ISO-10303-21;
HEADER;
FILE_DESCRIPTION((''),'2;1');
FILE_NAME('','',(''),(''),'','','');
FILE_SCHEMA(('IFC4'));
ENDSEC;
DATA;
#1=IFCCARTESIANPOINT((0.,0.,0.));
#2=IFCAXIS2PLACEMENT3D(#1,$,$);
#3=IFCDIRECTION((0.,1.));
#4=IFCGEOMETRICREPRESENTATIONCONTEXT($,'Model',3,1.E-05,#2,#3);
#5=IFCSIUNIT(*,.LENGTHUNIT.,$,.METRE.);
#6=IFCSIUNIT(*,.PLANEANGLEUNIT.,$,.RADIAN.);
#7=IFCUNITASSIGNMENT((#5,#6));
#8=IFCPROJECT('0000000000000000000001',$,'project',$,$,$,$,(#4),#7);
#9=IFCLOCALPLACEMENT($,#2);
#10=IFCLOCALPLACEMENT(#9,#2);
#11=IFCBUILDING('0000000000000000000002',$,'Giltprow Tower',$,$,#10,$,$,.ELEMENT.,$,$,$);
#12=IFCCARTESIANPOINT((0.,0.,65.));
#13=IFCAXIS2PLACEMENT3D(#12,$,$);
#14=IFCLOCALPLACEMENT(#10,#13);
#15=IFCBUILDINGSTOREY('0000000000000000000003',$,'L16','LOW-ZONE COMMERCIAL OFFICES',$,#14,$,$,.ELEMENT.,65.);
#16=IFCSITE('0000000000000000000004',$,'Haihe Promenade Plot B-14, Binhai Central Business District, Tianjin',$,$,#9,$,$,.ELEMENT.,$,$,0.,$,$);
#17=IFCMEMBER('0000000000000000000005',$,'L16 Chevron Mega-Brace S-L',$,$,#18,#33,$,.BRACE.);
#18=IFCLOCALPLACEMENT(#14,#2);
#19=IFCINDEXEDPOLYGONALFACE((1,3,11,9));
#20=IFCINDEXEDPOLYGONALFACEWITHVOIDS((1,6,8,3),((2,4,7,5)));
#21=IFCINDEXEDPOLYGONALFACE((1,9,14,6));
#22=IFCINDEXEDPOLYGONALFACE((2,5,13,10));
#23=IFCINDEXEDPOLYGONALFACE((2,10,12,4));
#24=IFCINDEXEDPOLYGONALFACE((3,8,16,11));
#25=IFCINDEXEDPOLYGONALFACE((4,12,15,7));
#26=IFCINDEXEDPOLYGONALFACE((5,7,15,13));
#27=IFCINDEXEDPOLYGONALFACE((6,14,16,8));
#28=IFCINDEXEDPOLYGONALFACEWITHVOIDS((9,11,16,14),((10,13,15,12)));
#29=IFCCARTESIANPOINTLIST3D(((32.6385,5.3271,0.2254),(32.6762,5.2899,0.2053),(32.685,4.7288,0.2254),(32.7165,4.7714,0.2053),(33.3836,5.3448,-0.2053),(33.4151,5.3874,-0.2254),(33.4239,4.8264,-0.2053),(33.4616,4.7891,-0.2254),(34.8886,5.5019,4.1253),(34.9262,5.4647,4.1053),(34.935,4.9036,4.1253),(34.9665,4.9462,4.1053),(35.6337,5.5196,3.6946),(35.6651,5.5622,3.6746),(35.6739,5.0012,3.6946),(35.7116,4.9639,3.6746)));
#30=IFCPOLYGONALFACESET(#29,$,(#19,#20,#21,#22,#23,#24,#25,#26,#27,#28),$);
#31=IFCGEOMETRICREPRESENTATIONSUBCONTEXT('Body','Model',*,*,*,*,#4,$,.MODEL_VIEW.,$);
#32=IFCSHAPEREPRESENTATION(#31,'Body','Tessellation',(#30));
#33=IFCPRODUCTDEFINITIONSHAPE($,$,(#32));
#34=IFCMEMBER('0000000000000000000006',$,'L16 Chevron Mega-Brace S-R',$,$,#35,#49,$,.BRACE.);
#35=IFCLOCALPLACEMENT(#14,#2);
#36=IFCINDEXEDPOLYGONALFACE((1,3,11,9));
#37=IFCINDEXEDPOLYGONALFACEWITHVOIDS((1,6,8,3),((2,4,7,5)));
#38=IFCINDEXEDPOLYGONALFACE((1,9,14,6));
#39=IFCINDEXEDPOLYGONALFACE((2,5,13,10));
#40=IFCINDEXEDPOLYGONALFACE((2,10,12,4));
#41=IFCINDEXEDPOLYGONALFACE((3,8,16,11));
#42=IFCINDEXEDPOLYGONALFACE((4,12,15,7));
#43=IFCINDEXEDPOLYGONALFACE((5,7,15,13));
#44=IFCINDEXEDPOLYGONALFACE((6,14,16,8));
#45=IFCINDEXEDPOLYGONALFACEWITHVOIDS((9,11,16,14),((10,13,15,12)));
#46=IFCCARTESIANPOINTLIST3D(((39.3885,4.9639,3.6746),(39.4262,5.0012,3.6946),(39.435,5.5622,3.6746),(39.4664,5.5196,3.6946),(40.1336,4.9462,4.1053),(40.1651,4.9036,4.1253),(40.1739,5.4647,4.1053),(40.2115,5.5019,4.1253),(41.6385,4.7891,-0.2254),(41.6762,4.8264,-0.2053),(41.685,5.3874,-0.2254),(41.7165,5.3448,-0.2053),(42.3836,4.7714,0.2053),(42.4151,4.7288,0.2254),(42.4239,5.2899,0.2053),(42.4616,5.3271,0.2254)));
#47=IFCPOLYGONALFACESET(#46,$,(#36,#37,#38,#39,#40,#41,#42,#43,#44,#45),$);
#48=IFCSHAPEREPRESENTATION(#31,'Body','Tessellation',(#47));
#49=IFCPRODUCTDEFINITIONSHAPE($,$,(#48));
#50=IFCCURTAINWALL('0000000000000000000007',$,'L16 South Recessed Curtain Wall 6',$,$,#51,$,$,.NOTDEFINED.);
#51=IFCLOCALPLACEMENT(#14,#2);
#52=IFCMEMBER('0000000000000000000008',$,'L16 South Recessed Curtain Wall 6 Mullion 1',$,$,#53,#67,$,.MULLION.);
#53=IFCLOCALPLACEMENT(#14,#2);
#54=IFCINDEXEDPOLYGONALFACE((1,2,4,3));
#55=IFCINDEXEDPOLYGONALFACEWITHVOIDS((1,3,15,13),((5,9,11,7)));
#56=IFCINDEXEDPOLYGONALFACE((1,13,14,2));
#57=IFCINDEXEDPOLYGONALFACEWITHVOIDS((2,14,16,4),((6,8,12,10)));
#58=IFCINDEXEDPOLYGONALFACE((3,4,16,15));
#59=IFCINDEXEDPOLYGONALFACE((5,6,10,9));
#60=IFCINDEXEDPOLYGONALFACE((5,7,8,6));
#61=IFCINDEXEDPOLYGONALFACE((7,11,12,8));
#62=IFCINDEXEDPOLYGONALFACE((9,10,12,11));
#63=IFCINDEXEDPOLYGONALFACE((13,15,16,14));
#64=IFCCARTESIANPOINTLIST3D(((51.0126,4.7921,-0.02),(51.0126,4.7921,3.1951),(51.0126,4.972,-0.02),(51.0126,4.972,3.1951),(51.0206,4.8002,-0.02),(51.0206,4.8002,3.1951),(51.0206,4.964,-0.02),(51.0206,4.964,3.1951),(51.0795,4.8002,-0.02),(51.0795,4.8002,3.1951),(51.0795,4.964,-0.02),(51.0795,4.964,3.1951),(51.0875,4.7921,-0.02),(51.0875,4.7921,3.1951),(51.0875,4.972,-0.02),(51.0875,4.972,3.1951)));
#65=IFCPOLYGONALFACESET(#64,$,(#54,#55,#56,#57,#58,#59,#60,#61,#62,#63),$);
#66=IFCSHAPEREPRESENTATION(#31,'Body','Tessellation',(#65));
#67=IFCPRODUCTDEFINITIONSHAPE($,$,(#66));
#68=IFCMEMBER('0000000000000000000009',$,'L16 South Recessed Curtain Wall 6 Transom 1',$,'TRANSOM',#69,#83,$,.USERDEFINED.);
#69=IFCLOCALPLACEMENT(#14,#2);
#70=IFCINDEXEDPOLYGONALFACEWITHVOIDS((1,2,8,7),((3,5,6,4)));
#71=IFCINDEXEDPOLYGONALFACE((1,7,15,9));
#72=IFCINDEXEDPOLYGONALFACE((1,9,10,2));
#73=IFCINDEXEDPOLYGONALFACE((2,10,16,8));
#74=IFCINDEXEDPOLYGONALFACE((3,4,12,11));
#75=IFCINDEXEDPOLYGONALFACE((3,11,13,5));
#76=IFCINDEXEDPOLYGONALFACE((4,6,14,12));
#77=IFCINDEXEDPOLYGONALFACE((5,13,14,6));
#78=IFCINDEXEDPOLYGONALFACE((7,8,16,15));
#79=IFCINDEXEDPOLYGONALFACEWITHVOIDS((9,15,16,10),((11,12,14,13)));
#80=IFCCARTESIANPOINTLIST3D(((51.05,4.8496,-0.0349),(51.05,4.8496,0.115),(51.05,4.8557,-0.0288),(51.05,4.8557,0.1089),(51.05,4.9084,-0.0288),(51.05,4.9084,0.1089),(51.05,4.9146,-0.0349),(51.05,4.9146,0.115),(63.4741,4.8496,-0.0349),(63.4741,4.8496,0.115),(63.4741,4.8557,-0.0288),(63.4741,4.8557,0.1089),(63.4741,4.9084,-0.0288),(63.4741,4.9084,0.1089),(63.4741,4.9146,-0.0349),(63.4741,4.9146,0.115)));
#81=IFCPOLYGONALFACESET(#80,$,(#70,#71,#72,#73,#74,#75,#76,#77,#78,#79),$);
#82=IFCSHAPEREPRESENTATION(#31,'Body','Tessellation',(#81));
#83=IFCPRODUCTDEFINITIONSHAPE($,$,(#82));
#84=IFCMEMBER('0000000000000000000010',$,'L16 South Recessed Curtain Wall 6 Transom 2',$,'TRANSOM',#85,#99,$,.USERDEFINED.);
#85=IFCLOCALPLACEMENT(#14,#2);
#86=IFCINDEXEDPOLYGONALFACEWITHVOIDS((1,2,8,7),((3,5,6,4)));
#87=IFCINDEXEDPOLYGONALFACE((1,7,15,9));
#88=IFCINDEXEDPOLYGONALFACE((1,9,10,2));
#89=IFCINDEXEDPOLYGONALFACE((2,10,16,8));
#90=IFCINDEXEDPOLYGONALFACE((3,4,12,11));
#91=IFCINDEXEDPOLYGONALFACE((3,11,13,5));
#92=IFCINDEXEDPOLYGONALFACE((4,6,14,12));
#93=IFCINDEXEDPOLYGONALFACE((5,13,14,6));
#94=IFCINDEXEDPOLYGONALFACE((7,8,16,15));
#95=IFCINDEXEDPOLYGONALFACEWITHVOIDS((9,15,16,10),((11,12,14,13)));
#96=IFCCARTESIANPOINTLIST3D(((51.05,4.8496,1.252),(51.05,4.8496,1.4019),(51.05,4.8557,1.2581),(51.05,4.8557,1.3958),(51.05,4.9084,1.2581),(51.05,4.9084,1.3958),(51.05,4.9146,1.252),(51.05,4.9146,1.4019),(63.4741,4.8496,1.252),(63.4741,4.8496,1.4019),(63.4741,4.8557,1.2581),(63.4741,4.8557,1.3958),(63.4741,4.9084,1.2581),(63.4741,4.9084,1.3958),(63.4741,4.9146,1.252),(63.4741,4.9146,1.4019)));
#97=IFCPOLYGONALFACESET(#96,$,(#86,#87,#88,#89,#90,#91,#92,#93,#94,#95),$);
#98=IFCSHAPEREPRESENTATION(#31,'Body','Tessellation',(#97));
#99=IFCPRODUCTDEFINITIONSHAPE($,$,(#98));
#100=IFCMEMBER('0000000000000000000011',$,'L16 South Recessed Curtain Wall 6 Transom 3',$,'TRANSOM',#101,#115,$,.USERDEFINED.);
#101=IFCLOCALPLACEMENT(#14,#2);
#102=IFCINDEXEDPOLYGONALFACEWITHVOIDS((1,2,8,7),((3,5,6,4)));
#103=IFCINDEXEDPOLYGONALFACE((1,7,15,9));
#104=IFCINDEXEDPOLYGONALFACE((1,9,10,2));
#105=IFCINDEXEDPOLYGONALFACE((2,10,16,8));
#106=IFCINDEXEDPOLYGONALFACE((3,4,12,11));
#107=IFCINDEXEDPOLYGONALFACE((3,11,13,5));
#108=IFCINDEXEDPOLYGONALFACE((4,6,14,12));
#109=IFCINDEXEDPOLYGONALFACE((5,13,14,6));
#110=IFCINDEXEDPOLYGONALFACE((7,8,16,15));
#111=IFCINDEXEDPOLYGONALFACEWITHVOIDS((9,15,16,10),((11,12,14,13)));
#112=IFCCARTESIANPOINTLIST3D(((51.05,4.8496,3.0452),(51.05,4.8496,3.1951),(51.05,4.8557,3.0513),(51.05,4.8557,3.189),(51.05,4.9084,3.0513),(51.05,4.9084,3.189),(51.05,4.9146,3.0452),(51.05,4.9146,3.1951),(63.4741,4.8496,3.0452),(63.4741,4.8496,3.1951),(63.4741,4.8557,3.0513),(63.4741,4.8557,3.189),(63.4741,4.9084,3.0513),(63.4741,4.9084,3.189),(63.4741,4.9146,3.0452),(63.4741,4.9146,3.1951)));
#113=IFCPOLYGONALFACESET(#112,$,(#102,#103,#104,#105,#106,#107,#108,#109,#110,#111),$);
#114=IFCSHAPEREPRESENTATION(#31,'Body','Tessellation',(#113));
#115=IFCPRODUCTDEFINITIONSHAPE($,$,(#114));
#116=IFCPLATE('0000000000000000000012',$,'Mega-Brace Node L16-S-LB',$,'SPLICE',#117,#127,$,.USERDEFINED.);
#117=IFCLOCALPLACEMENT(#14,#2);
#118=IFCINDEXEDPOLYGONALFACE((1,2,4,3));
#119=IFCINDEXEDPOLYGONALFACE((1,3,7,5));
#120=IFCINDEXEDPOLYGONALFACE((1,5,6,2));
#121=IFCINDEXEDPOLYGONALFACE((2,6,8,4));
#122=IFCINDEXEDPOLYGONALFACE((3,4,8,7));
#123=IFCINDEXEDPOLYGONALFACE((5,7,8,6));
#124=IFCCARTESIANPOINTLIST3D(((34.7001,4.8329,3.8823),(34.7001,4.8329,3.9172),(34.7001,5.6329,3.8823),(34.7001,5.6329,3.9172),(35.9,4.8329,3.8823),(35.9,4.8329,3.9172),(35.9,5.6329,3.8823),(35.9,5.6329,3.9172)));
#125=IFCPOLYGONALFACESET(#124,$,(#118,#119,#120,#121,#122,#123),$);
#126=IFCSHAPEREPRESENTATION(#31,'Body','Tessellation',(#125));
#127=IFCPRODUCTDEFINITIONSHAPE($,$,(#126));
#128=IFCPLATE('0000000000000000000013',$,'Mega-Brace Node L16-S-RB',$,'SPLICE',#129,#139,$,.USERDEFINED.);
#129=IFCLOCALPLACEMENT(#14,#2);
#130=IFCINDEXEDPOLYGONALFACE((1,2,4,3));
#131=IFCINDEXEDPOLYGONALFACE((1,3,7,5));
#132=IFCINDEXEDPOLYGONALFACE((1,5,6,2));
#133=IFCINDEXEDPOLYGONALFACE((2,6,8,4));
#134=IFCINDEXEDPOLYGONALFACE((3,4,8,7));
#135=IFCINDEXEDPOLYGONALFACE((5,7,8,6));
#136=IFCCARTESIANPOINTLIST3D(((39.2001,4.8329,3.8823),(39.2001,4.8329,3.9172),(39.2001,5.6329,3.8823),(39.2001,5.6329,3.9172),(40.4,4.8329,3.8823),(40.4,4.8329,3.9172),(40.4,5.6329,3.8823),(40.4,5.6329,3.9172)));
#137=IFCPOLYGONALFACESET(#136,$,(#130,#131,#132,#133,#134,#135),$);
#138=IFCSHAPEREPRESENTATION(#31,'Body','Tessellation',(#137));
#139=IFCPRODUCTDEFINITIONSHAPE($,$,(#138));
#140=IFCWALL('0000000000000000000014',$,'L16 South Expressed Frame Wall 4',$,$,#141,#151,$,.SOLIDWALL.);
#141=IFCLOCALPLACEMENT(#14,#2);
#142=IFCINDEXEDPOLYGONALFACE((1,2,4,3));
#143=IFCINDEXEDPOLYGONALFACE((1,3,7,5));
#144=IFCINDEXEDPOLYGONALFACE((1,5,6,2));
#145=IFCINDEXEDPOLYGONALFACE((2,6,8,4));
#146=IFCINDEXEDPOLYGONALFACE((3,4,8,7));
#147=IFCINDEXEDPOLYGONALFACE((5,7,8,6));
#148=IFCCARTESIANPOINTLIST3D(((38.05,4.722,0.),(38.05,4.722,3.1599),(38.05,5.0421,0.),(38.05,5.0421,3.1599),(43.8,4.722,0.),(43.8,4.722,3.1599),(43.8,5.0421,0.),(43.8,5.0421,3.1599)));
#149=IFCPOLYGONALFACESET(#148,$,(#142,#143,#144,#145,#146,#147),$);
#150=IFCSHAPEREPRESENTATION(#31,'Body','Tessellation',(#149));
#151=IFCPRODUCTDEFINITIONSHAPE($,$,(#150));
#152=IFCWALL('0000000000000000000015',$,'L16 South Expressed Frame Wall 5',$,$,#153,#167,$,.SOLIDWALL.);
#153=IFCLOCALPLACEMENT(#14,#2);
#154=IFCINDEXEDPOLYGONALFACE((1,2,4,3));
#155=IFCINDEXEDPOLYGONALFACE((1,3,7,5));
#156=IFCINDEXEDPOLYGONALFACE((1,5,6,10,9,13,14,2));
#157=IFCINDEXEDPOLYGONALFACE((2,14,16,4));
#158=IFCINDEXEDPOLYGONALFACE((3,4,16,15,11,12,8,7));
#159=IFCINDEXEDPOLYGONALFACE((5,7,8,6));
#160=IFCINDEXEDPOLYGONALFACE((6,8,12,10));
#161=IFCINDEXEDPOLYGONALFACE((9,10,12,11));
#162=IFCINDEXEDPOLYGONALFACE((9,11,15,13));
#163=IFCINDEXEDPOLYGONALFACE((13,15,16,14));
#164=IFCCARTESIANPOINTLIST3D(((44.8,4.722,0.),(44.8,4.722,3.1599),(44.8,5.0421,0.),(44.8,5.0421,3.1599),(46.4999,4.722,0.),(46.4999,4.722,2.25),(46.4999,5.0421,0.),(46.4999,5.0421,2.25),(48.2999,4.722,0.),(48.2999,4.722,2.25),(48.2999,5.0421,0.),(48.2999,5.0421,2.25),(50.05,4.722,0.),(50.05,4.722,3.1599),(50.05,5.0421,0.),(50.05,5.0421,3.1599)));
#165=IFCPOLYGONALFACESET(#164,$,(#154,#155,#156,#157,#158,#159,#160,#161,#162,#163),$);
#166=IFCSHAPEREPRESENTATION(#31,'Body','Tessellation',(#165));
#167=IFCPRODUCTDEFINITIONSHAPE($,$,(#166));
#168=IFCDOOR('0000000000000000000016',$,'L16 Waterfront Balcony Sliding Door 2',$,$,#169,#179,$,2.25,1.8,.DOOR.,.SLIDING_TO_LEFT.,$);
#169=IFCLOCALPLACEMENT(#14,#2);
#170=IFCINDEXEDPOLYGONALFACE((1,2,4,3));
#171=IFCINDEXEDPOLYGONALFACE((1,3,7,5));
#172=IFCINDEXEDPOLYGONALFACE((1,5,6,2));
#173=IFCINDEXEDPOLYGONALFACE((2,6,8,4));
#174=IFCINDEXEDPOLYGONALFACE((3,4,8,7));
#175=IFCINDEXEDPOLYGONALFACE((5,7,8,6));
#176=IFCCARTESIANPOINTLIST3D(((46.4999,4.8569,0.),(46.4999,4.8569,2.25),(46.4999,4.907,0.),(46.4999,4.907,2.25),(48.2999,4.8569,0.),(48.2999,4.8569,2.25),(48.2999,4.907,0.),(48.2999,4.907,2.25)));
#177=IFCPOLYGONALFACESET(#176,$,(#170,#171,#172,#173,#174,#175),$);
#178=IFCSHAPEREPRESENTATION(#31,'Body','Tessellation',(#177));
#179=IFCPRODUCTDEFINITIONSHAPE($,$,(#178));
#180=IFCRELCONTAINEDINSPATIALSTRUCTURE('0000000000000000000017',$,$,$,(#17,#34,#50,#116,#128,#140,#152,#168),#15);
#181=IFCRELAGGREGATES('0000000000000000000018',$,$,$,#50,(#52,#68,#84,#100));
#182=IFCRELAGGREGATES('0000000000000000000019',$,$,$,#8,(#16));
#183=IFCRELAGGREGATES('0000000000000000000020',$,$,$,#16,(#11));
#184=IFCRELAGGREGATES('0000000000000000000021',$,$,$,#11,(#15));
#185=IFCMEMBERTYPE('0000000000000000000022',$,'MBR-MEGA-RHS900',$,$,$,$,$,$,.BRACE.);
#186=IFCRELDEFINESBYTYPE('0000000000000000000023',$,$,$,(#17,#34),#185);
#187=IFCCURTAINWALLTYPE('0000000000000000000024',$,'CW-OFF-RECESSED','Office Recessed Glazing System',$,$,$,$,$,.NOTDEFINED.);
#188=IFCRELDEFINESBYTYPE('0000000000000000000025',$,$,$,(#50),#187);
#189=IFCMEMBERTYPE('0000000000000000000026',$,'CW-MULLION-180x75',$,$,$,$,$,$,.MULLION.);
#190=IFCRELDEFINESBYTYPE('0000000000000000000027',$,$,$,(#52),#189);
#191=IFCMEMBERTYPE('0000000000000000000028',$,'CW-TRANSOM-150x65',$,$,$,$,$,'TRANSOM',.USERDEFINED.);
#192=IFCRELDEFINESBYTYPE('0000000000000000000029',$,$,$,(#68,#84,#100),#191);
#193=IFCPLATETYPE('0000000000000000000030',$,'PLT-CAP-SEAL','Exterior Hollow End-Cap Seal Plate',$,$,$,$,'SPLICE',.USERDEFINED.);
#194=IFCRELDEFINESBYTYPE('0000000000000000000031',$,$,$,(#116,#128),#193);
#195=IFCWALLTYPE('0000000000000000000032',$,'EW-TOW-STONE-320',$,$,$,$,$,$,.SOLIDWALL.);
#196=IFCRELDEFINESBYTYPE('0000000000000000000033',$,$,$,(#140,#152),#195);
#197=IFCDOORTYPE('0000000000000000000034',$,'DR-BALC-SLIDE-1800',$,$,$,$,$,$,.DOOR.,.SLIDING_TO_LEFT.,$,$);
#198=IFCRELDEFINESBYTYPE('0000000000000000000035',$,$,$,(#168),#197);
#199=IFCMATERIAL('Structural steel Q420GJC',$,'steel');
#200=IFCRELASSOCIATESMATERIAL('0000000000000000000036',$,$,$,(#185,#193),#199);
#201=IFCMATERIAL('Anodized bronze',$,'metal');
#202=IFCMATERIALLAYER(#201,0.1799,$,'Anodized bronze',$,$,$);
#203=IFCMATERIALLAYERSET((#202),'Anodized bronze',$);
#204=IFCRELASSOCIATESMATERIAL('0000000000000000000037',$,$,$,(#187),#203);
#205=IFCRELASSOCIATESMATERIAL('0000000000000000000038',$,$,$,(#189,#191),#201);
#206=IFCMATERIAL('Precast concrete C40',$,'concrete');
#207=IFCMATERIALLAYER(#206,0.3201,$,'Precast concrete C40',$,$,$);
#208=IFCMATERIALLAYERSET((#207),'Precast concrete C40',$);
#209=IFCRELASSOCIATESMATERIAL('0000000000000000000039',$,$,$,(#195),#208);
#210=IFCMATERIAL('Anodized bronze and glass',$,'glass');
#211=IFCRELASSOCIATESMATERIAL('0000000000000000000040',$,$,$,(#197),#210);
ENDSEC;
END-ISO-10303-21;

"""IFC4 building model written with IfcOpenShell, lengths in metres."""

from ifc_helpers import new_model, si_unit, direction, frame, frame_2d, origin, origin_2d, place, context, subcontext, project, spatial, rectangle, hollow_rectangle, extrude, source, transform, mapped, material, layer, layer_set, material_profile, profile_set, type_object, element, fill, aggregate, save


model = new_model("IFC4")

# Units and contexts
model_context = context("Model", 3, precision=1e-05, world=origin(), true_north=direction((0.0, 1.0)))
body_context = subcontext(model_context, "Body", "Model", "MODEL_VIEW")
ifc_project = project(units=[si_unit("LENGTHUNIT", "METRE"), si_unit("PLANEANGLEUNIT", "RADIAN")], contexts=[model_context])

# Site, building, storey
site_placement = place(None, origin())
site = spatial("IfcSite", under=ifc_project, at=site_placement, Name="Haihe Promenade Plot B-14, Binhai Central Business District, Tianjin", CompositionType="ELEMENT", RefElevation=0.0)
building_placement = place(site_placement, origin())
building = spatial("IfcBuilding", under=site, at=building_placement, Name="Giltprow Tower", CompositionType="ELEMENT")
storey_placement = place(building_placement, frame((0.0, 0.0, 65.0)))
storey = spatial("IfcBuildingStorey", under=building, at=storey_placement, Name="L16", Description="LOW-ZONE COMMERCIAL OFFICES", CompositionType="ELEMENT", Elevation=65.0)

# Shared definitions
ifc_material_1 = material(Name="Structural steel Q420GJC", Category="steel")

# Members
ifc_material_profile_1 = material_profile(ifc_material_1, hollow_rectangle(XDim=0.6001, YDim=0.8999, WallThickness=0.04, at=origin_2d()), Name="RHS 900x600x40")
ifc_profile_set_1 = profile_set([ifc_material_profile_1], Name="Structural steel Q420GJC")
member_type_1 = type_object("IfcMemberType", Name="MBR-MEGA-RHS900", PredefinedType="BRACE", material=ifc_profile_set_1)
shared_shape_1 = source(origin(), body_context, "Body", "SweptSolid", [
    extrude(hollow_rectangle(XDim=0.6001, YDim=0.8999, WallThickness=0.04, at=origin_2d()), origin(), (0.0, 0.0, 1.0), 4.5059),
])
for number, where, z_axis, x_axis, name in (
    (1, (33.05, 5.0581, 0.0), (0.499356, 0.038795, 0.865528), (-0.077458, 0.996996, 0.0), "L16 Chevron Mega-Brace S-L"),
    (2, (42.05, 5.0581, 0.0), (-0.499356, 0.038795, 0.865528), (-0.077458, -0.996996, 0.0), "L16 Chevron Mega-Brace S-R"),
):
    element("IfcMember", number, at=place(storey_placement, frame(where, z_axis=z_axis, x_axis=x_axis)), inside=storey, type_object=member_type_1, Name=name, PredefinedType="BRACE", context=body_context, shape_type="MappedRepresentation", body=[
        mapped(shared_shape_1, transform((0.0, 0.0, 0.0), x_axis=(1.0, 0.0, 0.0), y_axis=(0.0, 1.0, 0.0), z_axis=(0.0, 0.0, 1.0), scale=1.0)),
    ])

# Curtain wall, members
ifc_material_2 = material(Name="Anodized bronze", Category="metal")
ifc_layer_1 = layer(ifc_material_2, 0.1799, Name="Anodized bronze")
ifc_layer_set_1 = layer_set([ifc_layer_1], Name="Anodized bronze")
curtain_wall_type = type_object("IfcCurtainWallType", Name="CW-OFF-RECESSED", Description="Office Recessed Glazing System", PredefinedType="NOTDEFINED", material=ifc_layer_set_1)
curtain_wall_placement = place(storey_placement, origin())
curtain_wall = element("IfcCurtainWall", 3, at=curtain_wall_placement, inside=storey, type_object=curtain_wall_type, Name="L16 South Recessed Curtain Wall 6", PredefinedType="NOTDEFINED")
ifc_material_profile_2 = material_profile(ifc_material_2, hollow_rectangle(XDim=0.075, YDim=0.1799, WallThickness=0.0081, at=origin_2d()), Name="RHS 180x75x8")
ifc_profile_set_2 = profile_set([ifc_material_profile_2], Name="Anodized bronze")
member_type_2 = type_object("IfcMemberType", Name="CW-MULLION-180x75", PredefinedType="MULLION", material=ifc_profile_set_2)
shared_shape_2 = source(origin(), body_context, "Body", "SweptSolid", [
    extrude(hollow_rectangle(XDim=0.075, YDim=0.1799, WallThickness=0.0081, at=origin_2d()), origin(), (0.0, 0.0, 1.0), 3.2151),
])
member_1_placement = place(storey_placement, frame((51.05, 4.8821, -0.02), z_axis=(0.0, 0.0, 1.0), x_axis=(1.0, 0.0, 0.0)))
member_1 = element("IfcMember", 4, at=member_1_placement, type_object=member_type_2, Name="L16 South Recessed Curtain Wall 6 Mullion 1", PredefinedType="MULLION", context=body_context, shape_type="MappedRepresentation", body=[
    mapped(shared_shape_2, transform((0.0, 0.0, 0.0), x_axis=(1.0, 0.0, 0.0), y_axis=(0.0, 1.0, 0.0), z_axis=(0.0, 0.0, 1.0), scale=1.0)),
])
ifc_material_profile_3 = material_profile(ifc_material_2, hollow_rectangle(XDim=0.0649, YDim=0.1499, WallThickness=0.0061, at=origin_2d()), Name="RHS 150x65x6")
ifc_profile_set_3 = profile_set([ifc_material_profile_3], Name="Anodized bronze")
member_type_3 = type_object("IfcMemberType", Name="CW-TRANSOM-150x65", ElementType="TRANSOM", PredefinedType="USERDEFINED", material=ifc_profile_set_3)
shared_shape_3 = source(origin(), body_context, "Body", "SweptSolid", [
    extrude(hollow_rectangle(XDim=0.0649, YDim=0.1499, WallThickness=0.0061, at=origin_2d()), origin(), (0.0, 0.0, 1.0), 12.4241),
])
member_2_placement = place(storey_placement, frame((51.05, 4.8821, 0.04), z_axis=(1.0, 0.0, 0.0), x_axis=(0.0, 1.0, 0.0)))
member_2 = element("IfcMember", 5, at=member_2_placement, type_object=member_type_3, Name="L16 South Recessed Curtain Wall 6 Transom 1", ObjectType="TRANSOM", PredefinedType="USERDEFINED", context=body_context, shape_type="MappedRepresentation", body=[
    mapped(shared_shape_3, transform((0.0, 0.0, 0.0), x_axis=(1.0, 0.0, 0.0), y_axis=(0.0, 1.0, 0.0), z_axis=(0.0, 0.0, 1.0), scale=1.0)),
])
member_3_placement = place(storey_placement, frame((51.05, 4.8821, 1.3269), z_axis=(1.0, 0.0, 0.0), x_axis=(0.0, 1.0, 0.0)))
member_3 = element("IfcMember", 6, at=member_3_placement, type_object=member_type_3, Name="L16 South Recessed Curtain Wall 6 Transom 2", ObjectType="TRANSOM", PredefinedType="USERDEFINED", context=body_context, shape_type="MappedRepresentation", body=[
    mapped(shared_shape_3, transform((0.0, 0.0, 0.0), x_axis=(1.0, 0.0, 0.0), y_axis=(0.0, 1.0, 0.0), z_axis=(0.0, 0.0, 1.0), scale=1.0)),
])
member_4_placement = place(storey_placement, frame((51.05, 4.8821, 3.1201), z_axis=(1.0, 0.0, 0.0), x_axis=(0.0, 1.0, 0.0)))
member_4 = element("IfcMember", 7, at=member_4_placement, type_object=member_type_3, Name="L16 South Recessed Curtain Wall 6 Transom 3", ObjectType="TRANSOM", PredefinedType="USERDEFINED", context=body_context, shape_type="MappedRepresentation", body=[
    mapped(shared_shape_3, transform((0.0, 0.0, 0.0), x_axis=(1.0, 0.0, 0.0), y_axis=(0.0, 1.0, 0.0), z_axis=(0.0, 0.0, 1.0), scale=1.0)),
])
aggregate(curtain_wall, [member_1, member_2, member_3, member_4])

# Plates
plate_type = type_object("IfcPlateType", Name="PLT-CAP-SEAL", Description="Exterior Hollow End-Cap Seal Plate", ElementType="SPLICE", PredefinedType="USERDEFINED", material=ifc_material_1)
shared_shape_4 = source(origin(), body_context, "Body", "SweptSolid", [
    extrude(rectangle(XDim=1.2, YDim=0.8, at=origin_2d()), origin(), (0.0, 0.0, 1.0), 0.0349),
])
for number, where, z_axis, x_axis, name in (
    (8, (35.3, 5.2329, 3.8823), (0.0, 0.0, 1.0), (1.0, 0.0, 0.0), "Mega-Brace Node L16-S-LB"),
    (9, (39.8, 5.2329, 3.8823), (0.0, 0.0, 1.0), (1.0, 0.0, 0.0), "Mega-Brace Node L16-S-RB"),
):
    element("IfcPlate", number, at=place(storey_placement, frame(where, z_axis=z_axis, x_axis=x_axis)), inside=storey, type_object=plate_type, Name=name, ObjectType="SPLICE", PredefinedType="USERDEFINED", context=body_context, shape_type="MappedRepresentation", body=[
        mapped(shared_shape_4, transform((0.0, 0.0, 0.0), x_axis=(1.0, 0.0, 0.0), y_axis=(0.0, 1.0, 0.0), z_axis=(0.0, 0.0, 1.0), scale=1.0)),
    ])

# Wall
ifc_material_3 = material(Name="Precast concrete C40", Category="concrete")
ifc_layer_2 = layer(ifc_material_3, 0.3201, Name="Precast concrete C40")
ifc_layer_set_2 = layer_set([ifc_layer_2], Name="Precast concrete C40")
wall_type_1 = type_object("IfcWallType", Name="EW-TOW-STONE-320", PredefinedType="SOLIDWALL", material=ifc_layer_set_2)
wall_1_placement = place(storey_placement, frame((38.05, 4.8821, 0.0), z_axis=(0.0, 0.0, 1.0), x_axis=(1.0, 0.0, 0.0)))
element("IfcWall", 10, at=wall_1_placement, inside=storey, type_object=wall_type_1, Name="L16 South Expressed Frame Wall 4", PredefinedType="SOLIDWALL", context=body_context, shape_type="SweptSolid", body=[
    extrude(rectangle(XDim=5.75, YDim=0.3201, at=frame_2d((2.875, 0.0))), origin(), (0.0, 0.0, 1.0), 3.1599),
])

# Wall, opening, door
wall_2_placement = place(storey_placement, frame((44.8, 4.8821, 0.0), z_axis=(0.0, 0.0, 1.0), x_axis=(1.0, 0.0, 0.0)))
wall_2 = element("IfcWall", 11, at=wall_2_placement, inside=storey, type_object=wall_type_1, Name="L16 South Expressed Frame Wall 5", PredefinedType="SOLIDWALL", context=body_context, shape_type="SweptSolid", body=[
    extrude(rectangle(XDim=5.25, YDim=0.3201, at=frame_2d((2.625, 0.0))), origin(), (0.0, 0.0, 1.0), 3.1599),
])
opening_placement = place(wall_2_placement, frame((1.7, 0.0, 0.0)))
opening = element("IfcOpeningElement", 12, at=opening_placement, cuts=wall_2, PredefinedType="OPENING", context=body_context, shape_type="SweptSolid", body=[
    extrude(rectangle(XDim=1.8, YDim=2.25, at=frame_2d((0.8999, 1.125))), frame((0.0, 0.1699, 0.0), z_axis=(0.0, -1.0, 0.0), x_axis=(1.0, 0.0, 0.0)), (0.0, 0.0, 1.0), 0.3401),
])
ifc_material_4 = material(Name="Anodized bronze and glass", Category="glass")
door_type = type_object("IfcDoorType", Name="DR-BALC-SLIDE-1800", OperationType="SLIDING_TO_LEFT", PredefinedType="DOOR", material=ifc_material_4)
shared_shape_5 = source(origin(), body_context, "Body", "SweptSolid", [
    extrude(rectangle(XDim=1.8, YDim=2.25, at=frame_2d((0.8999, 1.125))), frame((0.0, 0.0249, 0.0), z_axis=(0.0, -1.0, 0.0), x_axis=(1.0, 0.0, 0.0)), (0.0, 0.0, 1.0), 0.05),
])
door_placement = place(opening_placement, origin())
door = element("IfcDoor", 13, at=door_placement, inside=storey, type_object=door_type, Name="L16 Waterfront Balcony Sliding Door 2", OperationType="SLIDING_TO_LEFT", OverallHeight=2.25, OverallWidth=1.8, PredefinedType="DOOR", context=body_context, shape_type="MappedRepresentation", body=[
    mapped(shared_shape_5, transform((0.0, 0.0, 0.0), x_axis=(1.0, 0.0, 0.0), y_axis=(0.0, 1.0, 0.0), z_axis=(0.0, 0.0, 1.0), scale=1.0)),
])
fill(opening, door)

save(model, "model.ifc")
